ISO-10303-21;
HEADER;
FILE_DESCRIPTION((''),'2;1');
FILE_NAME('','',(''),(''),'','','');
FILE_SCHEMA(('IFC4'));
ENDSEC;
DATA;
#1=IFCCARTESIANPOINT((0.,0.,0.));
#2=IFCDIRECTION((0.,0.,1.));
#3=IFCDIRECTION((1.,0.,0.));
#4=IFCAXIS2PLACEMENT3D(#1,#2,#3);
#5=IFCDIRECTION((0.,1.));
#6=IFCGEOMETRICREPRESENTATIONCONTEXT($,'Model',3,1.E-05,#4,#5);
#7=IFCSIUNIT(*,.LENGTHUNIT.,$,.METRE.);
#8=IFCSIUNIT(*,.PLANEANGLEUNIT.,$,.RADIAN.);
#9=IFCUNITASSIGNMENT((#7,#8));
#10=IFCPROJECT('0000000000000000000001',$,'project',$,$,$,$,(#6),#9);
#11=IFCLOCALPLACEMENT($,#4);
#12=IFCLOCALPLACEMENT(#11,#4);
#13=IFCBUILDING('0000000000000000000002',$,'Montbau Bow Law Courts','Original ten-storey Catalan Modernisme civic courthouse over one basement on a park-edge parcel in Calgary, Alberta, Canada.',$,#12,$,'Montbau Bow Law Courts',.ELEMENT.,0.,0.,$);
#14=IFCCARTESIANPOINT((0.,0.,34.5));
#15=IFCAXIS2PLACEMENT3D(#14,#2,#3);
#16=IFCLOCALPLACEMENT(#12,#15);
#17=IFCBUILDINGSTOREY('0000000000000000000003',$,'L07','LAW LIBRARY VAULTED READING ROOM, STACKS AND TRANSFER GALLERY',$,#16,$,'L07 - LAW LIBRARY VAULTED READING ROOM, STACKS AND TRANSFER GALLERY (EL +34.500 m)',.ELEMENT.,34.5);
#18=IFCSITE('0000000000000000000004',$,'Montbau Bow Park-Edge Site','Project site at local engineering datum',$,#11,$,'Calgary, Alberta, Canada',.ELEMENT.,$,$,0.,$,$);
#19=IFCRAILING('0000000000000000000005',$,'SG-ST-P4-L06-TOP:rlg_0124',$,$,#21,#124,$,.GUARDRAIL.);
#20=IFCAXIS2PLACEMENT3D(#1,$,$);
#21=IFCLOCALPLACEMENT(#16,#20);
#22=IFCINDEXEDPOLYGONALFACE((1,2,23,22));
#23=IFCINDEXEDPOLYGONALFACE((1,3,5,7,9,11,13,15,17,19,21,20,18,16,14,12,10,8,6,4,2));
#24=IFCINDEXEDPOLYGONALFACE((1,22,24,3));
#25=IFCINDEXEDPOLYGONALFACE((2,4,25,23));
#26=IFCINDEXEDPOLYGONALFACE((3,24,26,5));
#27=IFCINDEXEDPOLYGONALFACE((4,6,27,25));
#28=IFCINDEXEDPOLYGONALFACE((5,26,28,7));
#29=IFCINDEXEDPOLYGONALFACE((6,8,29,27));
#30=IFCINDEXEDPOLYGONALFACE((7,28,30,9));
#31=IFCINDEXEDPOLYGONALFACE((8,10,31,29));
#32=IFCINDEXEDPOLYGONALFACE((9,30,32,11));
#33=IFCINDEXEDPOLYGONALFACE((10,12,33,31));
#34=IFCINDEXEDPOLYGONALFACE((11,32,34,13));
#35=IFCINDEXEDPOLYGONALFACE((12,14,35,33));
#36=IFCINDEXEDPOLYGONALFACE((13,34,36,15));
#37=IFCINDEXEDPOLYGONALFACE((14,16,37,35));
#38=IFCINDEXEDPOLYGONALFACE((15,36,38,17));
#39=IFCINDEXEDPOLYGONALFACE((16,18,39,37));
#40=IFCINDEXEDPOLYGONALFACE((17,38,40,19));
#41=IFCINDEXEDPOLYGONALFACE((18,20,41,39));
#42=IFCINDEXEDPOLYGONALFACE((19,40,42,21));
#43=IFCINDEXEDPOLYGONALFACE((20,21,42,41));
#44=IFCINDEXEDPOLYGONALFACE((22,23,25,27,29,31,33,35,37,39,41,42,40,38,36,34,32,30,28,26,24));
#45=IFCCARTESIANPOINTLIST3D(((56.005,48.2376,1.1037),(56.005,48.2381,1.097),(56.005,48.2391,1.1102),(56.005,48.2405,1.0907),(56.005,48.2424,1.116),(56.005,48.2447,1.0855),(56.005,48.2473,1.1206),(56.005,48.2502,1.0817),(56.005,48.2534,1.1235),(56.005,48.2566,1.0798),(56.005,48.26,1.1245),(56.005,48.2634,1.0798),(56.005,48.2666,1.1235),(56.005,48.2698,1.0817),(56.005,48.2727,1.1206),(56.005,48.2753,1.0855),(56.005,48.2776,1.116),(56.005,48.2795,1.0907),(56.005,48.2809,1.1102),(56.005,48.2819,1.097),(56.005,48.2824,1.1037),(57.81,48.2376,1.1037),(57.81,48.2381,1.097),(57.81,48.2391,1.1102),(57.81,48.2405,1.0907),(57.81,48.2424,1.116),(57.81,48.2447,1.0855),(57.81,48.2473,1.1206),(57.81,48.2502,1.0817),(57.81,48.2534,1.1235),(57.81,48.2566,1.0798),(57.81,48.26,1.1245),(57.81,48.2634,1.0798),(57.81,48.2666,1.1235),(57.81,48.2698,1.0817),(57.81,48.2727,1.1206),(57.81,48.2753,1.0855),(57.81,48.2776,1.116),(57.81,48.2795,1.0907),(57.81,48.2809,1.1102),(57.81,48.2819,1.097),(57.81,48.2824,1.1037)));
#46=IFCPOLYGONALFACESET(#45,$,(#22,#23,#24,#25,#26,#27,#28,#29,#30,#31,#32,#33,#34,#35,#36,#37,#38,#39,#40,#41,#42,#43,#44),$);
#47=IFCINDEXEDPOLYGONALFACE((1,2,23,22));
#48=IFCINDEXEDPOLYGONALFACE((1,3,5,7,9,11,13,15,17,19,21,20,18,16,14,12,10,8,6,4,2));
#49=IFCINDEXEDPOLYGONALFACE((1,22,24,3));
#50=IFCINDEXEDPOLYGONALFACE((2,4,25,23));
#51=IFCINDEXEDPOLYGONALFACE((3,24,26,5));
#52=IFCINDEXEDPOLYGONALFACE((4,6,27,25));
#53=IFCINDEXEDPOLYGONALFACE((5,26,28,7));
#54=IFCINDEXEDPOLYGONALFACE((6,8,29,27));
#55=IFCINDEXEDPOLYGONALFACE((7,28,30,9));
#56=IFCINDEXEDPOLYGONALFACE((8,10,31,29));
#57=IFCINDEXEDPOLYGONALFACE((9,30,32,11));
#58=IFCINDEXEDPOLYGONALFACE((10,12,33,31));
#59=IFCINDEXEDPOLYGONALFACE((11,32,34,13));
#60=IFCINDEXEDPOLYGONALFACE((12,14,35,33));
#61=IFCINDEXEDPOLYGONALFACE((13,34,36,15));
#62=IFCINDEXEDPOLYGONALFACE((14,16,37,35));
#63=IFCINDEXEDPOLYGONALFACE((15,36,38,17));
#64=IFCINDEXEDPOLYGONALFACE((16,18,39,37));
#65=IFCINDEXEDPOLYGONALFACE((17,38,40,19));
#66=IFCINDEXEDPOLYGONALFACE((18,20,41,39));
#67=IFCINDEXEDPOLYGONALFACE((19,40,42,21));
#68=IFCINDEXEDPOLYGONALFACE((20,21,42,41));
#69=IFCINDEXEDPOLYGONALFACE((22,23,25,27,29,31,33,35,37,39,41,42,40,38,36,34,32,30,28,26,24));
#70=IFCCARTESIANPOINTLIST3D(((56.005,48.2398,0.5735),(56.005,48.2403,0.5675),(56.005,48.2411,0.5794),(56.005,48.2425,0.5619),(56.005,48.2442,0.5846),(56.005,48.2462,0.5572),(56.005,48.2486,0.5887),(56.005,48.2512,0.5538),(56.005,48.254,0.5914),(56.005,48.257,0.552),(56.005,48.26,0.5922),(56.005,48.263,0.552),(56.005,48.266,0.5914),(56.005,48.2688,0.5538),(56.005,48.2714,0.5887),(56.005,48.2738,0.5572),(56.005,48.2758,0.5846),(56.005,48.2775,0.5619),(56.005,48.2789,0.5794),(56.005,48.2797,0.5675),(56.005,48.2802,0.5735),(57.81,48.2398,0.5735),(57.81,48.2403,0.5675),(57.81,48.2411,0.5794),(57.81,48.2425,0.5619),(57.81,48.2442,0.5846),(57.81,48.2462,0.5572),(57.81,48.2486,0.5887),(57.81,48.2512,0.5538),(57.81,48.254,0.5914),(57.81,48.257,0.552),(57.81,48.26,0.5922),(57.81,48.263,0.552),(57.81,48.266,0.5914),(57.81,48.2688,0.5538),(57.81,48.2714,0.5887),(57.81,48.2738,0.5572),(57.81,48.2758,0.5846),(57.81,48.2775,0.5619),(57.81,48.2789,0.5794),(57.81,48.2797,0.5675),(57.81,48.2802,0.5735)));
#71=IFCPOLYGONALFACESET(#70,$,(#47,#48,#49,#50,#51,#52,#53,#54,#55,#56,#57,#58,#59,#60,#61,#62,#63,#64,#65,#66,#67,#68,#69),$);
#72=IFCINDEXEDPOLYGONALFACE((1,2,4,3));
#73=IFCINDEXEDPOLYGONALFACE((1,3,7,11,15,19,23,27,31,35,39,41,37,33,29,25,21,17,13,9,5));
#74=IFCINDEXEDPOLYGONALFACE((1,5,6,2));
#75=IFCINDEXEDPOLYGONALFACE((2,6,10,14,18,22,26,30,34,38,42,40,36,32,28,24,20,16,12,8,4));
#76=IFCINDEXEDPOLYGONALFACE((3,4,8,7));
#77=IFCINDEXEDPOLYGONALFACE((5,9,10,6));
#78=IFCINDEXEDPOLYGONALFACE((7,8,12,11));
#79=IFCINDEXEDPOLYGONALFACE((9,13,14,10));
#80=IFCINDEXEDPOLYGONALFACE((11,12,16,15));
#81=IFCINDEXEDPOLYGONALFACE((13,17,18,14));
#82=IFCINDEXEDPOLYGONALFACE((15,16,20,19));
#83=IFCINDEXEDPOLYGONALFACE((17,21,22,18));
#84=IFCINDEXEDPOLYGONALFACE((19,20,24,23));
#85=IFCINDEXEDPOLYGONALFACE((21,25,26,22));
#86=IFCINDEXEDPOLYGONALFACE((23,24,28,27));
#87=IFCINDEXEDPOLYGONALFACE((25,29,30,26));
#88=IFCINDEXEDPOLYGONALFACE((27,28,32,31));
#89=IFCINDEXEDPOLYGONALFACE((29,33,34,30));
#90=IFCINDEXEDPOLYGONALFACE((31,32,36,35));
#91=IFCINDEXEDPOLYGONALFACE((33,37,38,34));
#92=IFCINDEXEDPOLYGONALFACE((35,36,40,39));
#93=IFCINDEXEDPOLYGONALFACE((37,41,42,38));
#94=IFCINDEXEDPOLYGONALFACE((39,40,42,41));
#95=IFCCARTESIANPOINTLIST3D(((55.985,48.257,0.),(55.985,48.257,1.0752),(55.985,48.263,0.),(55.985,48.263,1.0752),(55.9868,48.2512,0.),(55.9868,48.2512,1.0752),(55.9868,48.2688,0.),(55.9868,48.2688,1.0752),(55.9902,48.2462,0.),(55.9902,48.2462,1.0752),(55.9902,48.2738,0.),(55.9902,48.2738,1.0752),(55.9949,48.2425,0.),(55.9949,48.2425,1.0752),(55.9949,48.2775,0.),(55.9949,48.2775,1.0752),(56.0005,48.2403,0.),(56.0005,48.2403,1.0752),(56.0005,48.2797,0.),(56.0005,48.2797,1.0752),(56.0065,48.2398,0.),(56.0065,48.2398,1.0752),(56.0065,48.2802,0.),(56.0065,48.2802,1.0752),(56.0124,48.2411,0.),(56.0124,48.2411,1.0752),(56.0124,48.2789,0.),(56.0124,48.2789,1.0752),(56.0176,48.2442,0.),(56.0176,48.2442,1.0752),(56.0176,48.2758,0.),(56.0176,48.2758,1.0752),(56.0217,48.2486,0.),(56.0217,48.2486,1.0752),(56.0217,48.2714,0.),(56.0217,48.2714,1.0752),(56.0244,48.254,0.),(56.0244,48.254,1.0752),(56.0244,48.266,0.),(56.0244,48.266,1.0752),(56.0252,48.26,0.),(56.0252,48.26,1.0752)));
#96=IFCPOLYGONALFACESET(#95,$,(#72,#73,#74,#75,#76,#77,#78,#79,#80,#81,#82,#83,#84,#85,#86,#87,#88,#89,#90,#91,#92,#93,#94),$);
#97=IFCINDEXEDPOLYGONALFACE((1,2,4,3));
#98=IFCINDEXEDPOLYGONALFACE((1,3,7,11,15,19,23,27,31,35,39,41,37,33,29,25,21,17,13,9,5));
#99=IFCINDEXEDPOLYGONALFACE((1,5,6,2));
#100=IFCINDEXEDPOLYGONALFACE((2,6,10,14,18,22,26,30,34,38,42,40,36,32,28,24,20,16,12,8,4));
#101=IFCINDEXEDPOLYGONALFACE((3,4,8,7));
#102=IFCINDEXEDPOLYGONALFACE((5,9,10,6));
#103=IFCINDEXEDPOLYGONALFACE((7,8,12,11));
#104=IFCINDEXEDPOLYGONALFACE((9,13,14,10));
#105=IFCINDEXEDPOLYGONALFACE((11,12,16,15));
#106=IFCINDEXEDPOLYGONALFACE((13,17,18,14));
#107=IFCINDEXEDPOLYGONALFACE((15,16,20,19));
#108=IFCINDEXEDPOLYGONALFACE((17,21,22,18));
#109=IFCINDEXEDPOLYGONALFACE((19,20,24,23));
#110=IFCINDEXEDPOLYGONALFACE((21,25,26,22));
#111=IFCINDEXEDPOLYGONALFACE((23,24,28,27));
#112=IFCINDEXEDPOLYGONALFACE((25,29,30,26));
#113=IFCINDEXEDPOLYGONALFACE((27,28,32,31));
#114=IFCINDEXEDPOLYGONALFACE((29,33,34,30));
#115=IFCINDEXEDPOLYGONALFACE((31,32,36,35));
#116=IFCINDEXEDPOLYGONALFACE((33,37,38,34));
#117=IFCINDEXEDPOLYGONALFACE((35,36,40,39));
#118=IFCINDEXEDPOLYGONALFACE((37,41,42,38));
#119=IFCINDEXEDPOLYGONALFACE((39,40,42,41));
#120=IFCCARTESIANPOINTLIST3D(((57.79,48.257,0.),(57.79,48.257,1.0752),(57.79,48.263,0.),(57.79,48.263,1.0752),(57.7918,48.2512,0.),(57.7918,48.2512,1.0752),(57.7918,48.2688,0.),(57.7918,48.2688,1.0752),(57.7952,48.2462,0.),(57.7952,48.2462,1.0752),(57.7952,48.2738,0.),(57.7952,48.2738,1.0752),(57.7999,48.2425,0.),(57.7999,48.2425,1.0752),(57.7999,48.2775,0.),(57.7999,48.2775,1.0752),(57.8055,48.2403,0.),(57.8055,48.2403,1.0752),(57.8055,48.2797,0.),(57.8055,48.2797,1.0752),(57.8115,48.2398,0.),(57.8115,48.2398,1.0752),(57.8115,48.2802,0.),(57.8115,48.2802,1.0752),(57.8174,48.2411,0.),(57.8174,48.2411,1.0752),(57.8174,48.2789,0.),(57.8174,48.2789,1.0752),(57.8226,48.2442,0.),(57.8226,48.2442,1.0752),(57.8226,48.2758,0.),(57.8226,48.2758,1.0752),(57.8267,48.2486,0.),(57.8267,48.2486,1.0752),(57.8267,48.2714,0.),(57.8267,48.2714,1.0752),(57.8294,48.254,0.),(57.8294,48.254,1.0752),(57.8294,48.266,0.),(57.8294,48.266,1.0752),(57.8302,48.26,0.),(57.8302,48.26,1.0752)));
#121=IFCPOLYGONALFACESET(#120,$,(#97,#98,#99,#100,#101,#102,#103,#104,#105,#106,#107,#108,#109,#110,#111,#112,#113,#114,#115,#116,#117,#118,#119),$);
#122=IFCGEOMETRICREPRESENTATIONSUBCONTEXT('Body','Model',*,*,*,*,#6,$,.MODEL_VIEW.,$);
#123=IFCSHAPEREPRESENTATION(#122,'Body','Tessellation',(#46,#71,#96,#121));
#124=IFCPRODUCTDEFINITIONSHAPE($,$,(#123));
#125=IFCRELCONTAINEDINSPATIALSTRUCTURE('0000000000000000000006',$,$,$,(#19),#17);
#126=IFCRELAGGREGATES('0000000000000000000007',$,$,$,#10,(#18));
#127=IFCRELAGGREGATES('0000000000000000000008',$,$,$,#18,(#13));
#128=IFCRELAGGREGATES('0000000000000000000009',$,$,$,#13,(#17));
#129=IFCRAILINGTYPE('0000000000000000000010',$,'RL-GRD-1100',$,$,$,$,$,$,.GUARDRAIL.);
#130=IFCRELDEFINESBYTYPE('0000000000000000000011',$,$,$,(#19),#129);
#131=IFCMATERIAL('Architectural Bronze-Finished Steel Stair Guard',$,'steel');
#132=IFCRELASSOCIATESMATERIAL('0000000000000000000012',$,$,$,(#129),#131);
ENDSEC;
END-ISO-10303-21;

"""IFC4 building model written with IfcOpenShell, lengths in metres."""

from ifc_helpers import new_model, si_unit, direction, frame, origin_with_axes, origin_2d_with_axis, place, context, subcontext, project, spatial, circle, extrude, material, type_object, element, save


model = new_model("IFC4")

# Units and contexts
model_context = context("Model", 3, precision=1e-05, world=origin_with_axes(), true_north=direction((0.0, 1.0)))
body_context = subcontext(model_context, "Body", "Model", "MODEL_VIEW")
ifc_project = project(units=[si_unit("LENGTHUNIT", "METRE"), si_unit("PLANEANGLEUNIT", "RADIAN")], contexts=[model_context])

# Site, building, storey
site_placement = place(None, origin_with_axes())
site = spatial("IfcSite", under=ifc_project, at=site_placement, Name="Montbau Bow Park-Edge Site", Description="Project site at local engineering datum", LongName="Calgary, Alberta, Canada", CompositionType="ELEMENT", RefElevation=0.0)
building_placement = place(site_placement, origin_with_axes())
building = spatial("IfcBuilding", under=site, at=building_placement, Name="Montbau Bow Law Courts", Description="Original ten-storey Catalan Modernisme civic courthouse over one basement on a park-edge parcel in Calgary, Alberta, Canada.", LongName="Montbau Bow Law Courts", CompositionType="ELEMENT", ElevationOfRefHeight=0.0, ElevationOfTerrain=0.0)
storey_placement = place(building_placement, frame((0.0, 0.0, 34.5), z_axis=(0.0, 0.0, 1.0), x_axis=(1.0, 0.0, 0.0)))
storey = spatial("IfcBuildingStorey", under=building, at=storey_placement, Name="L07", Description="LAW LIBRARY VAULTED READING ROOM, STACKS AND TRANSFER GALLERY", LongName="L07 - LAW LIBRARY VAULTED READING ROOM, STACKS AND TRANSFER GALLERY (EL +34.500 m)", CompositionType="ELEMENT", Elevation=34.5)

# Railing
ifc_material_1 = material(Name="Architectural Bronze-Finished Steel Stair Guard", Category="steel")
railing_type_1 = type_object("IfcRailingType", Name="RL-GRD-1100", PredefinedType="GUARDRAIL", material=ifc_material_1)
railing_1_placement = place(None, origin_with_axes())
element("IfcRailing", 1, at=railing_1_placement, inside=storey, type_object=railing_type_1, Name="SG-ST-P4-L06-TOP:rlg_0124", PredefinedType="GUARDRAIL", context=body_context, shape_type="SweptSolid", body=[
    extrude(circle(Radius=0.0225, at=origin_2d_with_axis()), frame((56.005, 48.26, 35.602), z_axis=(1.0, 0.0, 0.0), x_axis=(0.0, 0.0, 1.0)), (0.0, 0.0, 1.0), 1.805),
    extrude(circle(Radius=0.0203, at=origin_2d_with_axis()), frame((56.005, 48.26, 35.072), z_axis=(1.0, 0.0, 0.0), x_axis=(0.0, 0.0, 1.0)), (0.0, 0.0, 1.0), 1.805),
    extrude(circle(Radius=0.0203, at=origin_2d_with_axis()), frame((56.005, 48.26, 34.5), z_axis=(0.0, 0.0, 1.0), x_axis=(1.0, 0.0, 0.0)), (0.0, 0.0, 1.0), 1.0753),
    extrude(circle(Radius=0.0203, at=origin_2d_with_axis()), frame((57.81, 48.26, 34.5), z_axis=(0.0, 0.0, 1.0), x_axis=(1.0, 0.0, 0.0)), (0.0, 0.0, 1.0), 1.0753),
])

save(model, "model.ifc")
